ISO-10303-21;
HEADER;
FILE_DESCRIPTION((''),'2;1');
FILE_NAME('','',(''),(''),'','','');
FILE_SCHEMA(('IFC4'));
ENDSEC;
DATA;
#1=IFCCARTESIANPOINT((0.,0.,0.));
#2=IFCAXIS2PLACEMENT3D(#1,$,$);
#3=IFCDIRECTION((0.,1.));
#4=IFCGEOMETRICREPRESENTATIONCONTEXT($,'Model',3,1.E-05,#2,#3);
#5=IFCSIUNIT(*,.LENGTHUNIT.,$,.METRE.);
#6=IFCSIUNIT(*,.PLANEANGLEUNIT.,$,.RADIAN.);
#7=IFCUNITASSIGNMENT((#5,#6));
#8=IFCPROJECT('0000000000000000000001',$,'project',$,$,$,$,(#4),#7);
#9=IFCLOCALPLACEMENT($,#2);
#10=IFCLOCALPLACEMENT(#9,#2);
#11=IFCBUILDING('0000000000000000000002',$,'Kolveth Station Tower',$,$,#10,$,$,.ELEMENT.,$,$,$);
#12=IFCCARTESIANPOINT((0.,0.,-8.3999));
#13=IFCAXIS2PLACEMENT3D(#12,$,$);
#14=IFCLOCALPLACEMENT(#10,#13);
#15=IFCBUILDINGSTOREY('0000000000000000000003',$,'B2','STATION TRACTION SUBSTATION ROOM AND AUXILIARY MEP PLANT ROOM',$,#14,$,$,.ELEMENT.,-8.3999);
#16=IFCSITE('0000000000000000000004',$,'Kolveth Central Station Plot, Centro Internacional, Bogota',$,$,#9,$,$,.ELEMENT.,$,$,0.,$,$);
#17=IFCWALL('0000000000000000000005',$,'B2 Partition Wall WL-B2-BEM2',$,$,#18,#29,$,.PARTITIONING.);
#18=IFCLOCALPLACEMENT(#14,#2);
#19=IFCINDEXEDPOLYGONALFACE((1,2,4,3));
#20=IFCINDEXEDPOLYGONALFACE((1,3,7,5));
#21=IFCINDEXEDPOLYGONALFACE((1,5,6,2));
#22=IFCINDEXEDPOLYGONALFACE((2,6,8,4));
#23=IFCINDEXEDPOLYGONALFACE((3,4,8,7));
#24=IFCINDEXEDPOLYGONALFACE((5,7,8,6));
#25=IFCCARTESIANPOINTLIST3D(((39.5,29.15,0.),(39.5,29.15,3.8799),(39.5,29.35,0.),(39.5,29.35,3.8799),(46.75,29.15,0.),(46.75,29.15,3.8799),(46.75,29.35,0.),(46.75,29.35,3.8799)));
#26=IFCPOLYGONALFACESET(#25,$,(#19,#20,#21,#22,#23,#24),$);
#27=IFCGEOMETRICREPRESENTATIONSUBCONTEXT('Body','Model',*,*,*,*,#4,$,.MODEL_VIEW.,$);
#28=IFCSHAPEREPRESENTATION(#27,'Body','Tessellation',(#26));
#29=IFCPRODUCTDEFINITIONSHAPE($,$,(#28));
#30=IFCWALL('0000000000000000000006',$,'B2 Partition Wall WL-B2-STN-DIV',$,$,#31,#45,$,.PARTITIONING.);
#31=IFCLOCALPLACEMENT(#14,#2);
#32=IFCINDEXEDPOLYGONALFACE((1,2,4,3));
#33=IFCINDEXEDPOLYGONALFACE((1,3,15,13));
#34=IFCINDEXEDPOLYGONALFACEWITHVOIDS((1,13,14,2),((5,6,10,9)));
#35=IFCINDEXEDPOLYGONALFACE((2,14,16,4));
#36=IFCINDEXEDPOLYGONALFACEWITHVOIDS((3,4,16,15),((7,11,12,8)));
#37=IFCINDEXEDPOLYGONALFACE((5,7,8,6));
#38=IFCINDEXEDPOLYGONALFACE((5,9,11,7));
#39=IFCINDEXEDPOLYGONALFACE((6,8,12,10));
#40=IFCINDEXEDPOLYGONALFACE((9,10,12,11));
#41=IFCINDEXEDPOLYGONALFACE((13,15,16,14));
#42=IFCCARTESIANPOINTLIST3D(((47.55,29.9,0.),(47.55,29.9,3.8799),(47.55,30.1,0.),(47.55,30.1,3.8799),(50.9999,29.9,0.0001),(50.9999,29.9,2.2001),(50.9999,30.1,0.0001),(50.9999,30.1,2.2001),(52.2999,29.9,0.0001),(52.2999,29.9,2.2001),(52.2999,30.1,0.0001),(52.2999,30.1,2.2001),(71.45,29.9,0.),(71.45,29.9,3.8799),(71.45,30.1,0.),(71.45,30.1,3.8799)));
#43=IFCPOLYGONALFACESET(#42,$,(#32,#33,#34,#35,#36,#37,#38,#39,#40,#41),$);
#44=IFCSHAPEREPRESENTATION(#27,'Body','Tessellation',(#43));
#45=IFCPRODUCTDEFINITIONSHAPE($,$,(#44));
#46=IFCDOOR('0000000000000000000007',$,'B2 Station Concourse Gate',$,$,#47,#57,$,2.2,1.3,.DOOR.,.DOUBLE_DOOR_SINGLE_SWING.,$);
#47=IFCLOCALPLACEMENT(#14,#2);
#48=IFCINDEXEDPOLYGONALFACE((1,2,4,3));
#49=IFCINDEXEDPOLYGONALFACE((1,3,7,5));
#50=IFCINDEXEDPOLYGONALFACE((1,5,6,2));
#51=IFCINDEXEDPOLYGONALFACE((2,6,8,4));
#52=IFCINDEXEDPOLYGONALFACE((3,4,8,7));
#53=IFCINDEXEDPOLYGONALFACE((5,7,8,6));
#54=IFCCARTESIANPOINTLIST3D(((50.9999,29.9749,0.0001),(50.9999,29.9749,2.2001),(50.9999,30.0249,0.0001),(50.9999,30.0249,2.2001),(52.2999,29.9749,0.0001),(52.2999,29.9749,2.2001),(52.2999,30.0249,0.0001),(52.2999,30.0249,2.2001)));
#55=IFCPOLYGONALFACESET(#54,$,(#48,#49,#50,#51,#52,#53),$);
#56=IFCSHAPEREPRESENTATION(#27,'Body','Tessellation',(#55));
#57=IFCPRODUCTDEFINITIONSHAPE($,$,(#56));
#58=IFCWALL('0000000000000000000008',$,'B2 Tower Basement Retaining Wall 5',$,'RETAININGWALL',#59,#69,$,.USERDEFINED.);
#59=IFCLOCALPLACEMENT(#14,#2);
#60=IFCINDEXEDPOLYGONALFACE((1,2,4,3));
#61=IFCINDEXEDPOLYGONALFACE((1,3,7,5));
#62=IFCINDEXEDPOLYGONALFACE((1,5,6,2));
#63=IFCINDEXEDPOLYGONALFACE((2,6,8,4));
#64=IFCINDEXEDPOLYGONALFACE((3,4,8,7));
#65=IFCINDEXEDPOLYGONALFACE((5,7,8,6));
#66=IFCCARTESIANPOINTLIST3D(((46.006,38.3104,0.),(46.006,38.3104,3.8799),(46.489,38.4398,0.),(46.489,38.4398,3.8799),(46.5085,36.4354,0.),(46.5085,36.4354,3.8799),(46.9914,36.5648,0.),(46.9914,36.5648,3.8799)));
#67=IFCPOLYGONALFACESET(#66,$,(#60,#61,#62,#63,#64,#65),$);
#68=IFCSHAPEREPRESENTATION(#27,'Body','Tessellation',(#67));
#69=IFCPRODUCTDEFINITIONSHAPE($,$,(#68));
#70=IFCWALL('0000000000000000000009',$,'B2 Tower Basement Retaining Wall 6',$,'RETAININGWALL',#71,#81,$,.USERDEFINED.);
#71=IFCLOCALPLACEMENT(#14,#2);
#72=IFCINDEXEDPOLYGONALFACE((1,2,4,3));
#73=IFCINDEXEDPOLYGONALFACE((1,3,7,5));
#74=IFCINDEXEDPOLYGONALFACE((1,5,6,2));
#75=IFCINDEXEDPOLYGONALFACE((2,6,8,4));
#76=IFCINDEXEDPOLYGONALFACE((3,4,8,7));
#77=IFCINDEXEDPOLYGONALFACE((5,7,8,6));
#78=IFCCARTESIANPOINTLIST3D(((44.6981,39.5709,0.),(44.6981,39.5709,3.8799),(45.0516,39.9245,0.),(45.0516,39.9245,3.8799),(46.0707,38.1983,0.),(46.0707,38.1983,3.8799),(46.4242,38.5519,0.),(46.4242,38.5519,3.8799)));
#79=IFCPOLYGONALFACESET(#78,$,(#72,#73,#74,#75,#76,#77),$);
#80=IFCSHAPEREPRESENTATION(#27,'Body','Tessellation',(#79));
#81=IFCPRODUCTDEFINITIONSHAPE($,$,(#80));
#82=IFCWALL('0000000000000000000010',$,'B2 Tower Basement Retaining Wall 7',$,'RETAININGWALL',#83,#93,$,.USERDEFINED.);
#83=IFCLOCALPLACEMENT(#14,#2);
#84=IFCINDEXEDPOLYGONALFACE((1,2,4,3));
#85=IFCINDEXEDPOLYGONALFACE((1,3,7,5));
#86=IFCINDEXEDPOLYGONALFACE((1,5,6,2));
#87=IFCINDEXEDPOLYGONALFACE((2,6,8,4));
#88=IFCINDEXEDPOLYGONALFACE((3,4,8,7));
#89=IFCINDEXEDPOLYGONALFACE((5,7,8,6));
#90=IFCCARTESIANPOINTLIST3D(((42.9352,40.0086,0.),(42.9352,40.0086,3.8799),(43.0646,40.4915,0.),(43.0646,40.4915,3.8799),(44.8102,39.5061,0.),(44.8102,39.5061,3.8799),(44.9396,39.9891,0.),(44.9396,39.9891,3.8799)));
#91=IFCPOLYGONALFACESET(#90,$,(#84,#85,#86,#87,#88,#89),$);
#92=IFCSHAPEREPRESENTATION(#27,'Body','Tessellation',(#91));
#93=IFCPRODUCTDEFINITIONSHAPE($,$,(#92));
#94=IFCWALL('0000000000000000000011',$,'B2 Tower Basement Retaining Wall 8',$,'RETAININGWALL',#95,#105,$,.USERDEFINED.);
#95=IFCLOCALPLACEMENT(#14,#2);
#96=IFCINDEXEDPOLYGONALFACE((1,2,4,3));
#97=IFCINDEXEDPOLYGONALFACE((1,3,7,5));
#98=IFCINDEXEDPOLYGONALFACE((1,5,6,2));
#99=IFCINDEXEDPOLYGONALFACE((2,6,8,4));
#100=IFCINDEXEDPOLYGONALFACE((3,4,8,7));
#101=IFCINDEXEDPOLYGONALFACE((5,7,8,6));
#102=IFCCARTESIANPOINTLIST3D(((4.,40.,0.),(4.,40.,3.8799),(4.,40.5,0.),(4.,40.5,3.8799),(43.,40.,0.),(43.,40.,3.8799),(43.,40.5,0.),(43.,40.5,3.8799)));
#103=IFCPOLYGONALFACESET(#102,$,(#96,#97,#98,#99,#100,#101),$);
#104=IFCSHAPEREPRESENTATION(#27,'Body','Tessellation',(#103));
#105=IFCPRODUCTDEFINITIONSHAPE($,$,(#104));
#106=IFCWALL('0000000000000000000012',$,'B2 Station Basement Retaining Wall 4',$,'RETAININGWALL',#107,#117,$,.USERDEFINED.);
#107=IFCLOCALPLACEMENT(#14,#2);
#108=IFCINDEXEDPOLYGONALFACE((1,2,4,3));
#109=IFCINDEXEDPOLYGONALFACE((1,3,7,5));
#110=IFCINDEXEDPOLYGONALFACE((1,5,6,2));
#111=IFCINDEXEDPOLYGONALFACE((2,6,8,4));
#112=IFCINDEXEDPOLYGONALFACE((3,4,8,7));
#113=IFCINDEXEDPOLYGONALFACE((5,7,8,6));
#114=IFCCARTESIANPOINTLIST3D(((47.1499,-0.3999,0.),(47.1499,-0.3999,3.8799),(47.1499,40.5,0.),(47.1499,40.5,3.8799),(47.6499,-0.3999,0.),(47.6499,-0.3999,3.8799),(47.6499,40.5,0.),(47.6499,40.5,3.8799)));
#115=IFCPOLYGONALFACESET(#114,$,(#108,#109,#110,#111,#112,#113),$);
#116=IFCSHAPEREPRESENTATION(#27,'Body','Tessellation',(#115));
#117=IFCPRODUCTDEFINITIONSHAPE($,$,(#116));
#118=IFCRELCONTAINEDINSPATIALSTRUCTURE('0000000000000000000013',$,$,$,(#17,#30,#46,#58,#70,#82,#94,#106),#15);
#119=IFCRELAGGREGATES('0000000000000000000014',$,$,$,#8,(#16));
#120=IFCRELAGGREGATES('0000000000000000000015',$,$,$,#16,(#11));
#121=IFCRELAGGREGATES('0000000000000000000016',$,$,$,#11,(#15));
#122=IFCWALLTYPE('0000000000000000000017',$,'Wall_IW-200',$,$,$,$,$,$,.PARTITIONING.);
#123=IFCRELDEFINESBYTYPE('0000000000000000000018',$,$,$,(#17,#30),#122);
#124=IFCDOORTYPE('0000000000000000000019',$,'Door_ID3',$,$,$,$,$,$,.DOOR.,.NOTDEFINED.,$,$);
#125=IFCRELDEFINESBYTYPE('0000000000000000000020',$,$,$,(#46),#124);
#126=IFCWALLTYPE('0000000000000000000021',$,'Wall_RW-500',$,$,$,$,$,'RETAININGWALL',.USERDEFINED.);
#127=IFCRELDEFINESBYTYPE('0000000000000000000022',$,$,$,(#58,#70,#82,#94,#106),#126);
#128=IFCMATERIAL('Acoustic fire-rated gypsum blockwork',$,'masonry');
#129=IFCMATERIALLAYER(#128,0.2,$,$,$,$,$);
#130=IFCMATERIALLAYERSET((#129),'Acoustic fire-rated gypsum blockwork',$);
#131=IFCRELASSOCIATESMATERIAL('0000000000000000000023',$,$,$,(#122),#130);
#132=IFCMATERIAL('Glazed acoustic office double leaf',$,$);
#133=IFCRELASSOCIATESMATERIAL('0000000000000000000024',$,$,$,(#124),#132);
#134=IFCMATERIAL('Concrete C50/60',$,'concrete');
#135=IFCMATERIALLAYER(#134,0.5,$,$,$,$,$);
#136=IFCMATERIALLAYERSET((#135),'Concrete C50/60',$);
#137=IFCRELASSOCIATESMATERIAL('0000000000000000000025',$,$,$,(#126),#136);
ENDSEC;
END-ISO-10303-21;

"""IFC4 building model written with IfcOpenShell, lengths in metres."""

from ifc_helpers import new_model, si_unit, direction, frame, frame_2d, origin, place, context, subcontext, project, spatial, rectangle, extrude, material, layer, layer_set, type_object, element, fill, save


model = new_model("IFC4")

# Units and contexts
model_context = context("Model", 3, precision=1e-05, world=origin(), true_north=direction((0.0, 1.0)))
body_context = subcontext(model_context, "Body", "Model", "MODEL_VIEW")
ifc_project = project(units=[si_unit("LENGTHUNIT", "METRE"), si_unit("PLANEANGLEUNIT", "RADIAN")], contexts=[model_context])

# Site, building, storey
site_placement = place(None, origin())
site = spatial("IfcSite", under=ifc_project, at=site_placement, Name="Kolveth Central Station Plot, Centro Internacional, Bogota", CompositionType="ELEMENT", RefElevation=0.0)
building_placement = place(site_placement, origin())
building = spatial("IfcBuilding", under=site, at=building_placement, Name="Kolveth Station Tower", CompositionType="ELEMENT")
storey_placement = place(building_placement, frame((0.0, 0.0, -8.3999)))
storey = spatial("IfcBuildingStorey", under=building, at=storey_placement, Name="B2", Description="STATION TRACTION SUBSTATION ROOM AND AUXILIARY MEP PLANT ROOM", CompositionType="ELEMENT", Elevation=-8.3999)

# Shared definitions
ifc_material_1 = material(Name="Concrete C50/60", Category="concrete")

# Shared definitions
ifc_material_2 = material(Name="Acoustic fire-rated gypsum blockwork", Category="masonry")
ifc_layer_1 = layer(ifc_material_2, 0.2)
ifc_layer_set_1 = layer_set([ifc_layer_1], Name="Acoustic fire-rated gypsum blockwork")
wall_type_1 = type_object("IfcWallType", Name="Wall_IW-200", PredefinedType="PARTITIONING", material=ifc_layer_set_1)

# Wall
wall_1_placement = place(storey_placement, frame((39.5, 29.25, 0.0), z_axis=(0.0, 0.0, 1.0), x_axis=(1.0, 0.0, 0.0)))
element("IfcWall", 1, at=wall_1_placement, inside=storey, type_object=wall_type_1, Name="B2 Partition Wall WL-B2-BEM2", PredefinedType="PARTITIONING", context=body_context, shape_type="SweptSolid", body=[
    extrude(rectangle(XDim=7.25, YDim=0.2, at=frame_2d((3.625, 0.0))), origin(), (0.0, 0.0, 1.0), 3.8799),
])

# Wall, opening, door
wall_2_placement = place(storey_placement, frame((47.55, 30.0, 0.0), z_axis=(0.0, 0.0, 1.0), x_axis=(1.0, 0.0, 0.0)))
wall_2 = element("IfcWall", 2, at=wall_2_placement, inside=storey, type_object=wall_type_1, Name="B2 Partition Wall WL-B2-STN-DIV", PredefinedType="PARTITIONING", context=body_context, shape_type="SweptSolid", body=[
    extrude(rectangle(XDim=23.8999, YDim=0.2, at=frame_2d((11.95, 0.0))), origin(), (0.0, 0.0, 1.0), 3.8799),
])
opening_1_placement = place(wall_2_placement, frame((3.45, 0.0, 0.0)))
opening_1 = element("IfcOpeningElement", 3, at=opening_1_placement, cuts=wall_2, PredefinedType="OPENING", context=body_context, shape_type="SweptSolid", body=[
    extrude(rectangle(XDim=1.3, YDim=2.2, at=frame_2d((0.6499, 1.1001))), frame((0.0, 0.1099, 0.0), z_axis=(0.0, -1.0, 0.0), x_axis=(1.0, 0.0, 0.0)), (0.0, 0.0, 1.0), 0.22),
])
ifc_material_3 = material(Name="Glazed acoustic office double leaf")
door_type_1 = type_object("IfcDoorType", Name="Door_ID3", OperationType="NOTDEFINED", PredefinedType="DOOR", material=ifc_material_3)
door_1_placement = place(opening_1_placement, origin())
door_1 = element("IfcDoor", 4, at=door_1_placement, inside=storey, type_object=door_type_1, Name="B2 Station Concourse Gate", OperationType="DOUBLE_DOOR_SINGLE_SWING", OverallHeight=2.2, OverallWidth=1.3, PredefinedType="DOOR", context=body_context, shape_type="SweptSolid", body=[
    extrude(rectangle(XDim=1.3, YDim=2.2, at=frame_2d((0.6499, 1.1001))), frame((0.0, 0.0249, 0.0), z_axis=(0.0, -1.0, 0.0), x_axis=(1.0, 0.0, 0.0)), (0.0, 0.0, 1.0), 0.05),
])
fill(opening_1, door_1)

# Walls
ifc_layer_2 = layer(ifc_material_1, 0.5)
ifc_layer_set_2 = layer_set([ifc_layer_2], Name="Concrete C50/60")
wall_type_2 = type_object("IfcWallType", Name="Wall_RW-500", ElementType="RETAININGWALL", PredefinedType="USERDEFINED", material=ifc_layer_set_2)
for number, where, z_axis, x_axis, name in (
    (5, (46.75, 36.5, 0.0), (0.0, 0.0, 1.0), (-0.258837, 0.965921, 0.0), "B2 Tower Basement Retaining Wall 5"),
    (6, (46.2476, 38.375, 0.0), (0.0, 0.0, 1.0), (-0.707107, 0.707107, 0.0), "B2 Tower Basement Retaining Wall 6"),
    (7, (44.875, 39.7476, 0.0), (0.0, 0.0, 1.0), (-0.965921, 0.258837, 0.0), "B2 Tower Basement Retaining Wall 7"),
):
    element("IfcWall", number, at=place(storey_placement, frame(where, z_axis=z_axis, x_axis=x_axis)), inside=storey, type_object=wall_type_2, Name=name, ObjectType="RETAININGWALL", PredefinedType="USERDEFINED", context=body_context, shape_type="SweptSolid", body=[
        extrude(rectangle(XDim=1.9412, YDim=0.5, at=frame_2d((0.9707, 0.0))), origin(), (0.0, 0.0, 1.0), 3.8799),
    ])
wall_3_placement = place(storey_placement, frame((43.0, 40.25, 0.0), z_axis=(0.0, 0.0, 1.0), x_axis=(-1.0, 0.0, 0.0)))
element("IfcWall", 8, at=wall_3_placement, inside=storey, type_object=wall_type_2, Name="B2 Tower Basement Retaining Wall 8", ObjectType="RETAININGWALL", PredefinedType="USERDEFINED", context=body_context, shape_type="SweptSolid", body=[
    extrude(rectangle(XDim=39.0, YDim=0.5, at=frame_2d((19.5, 0.0))), origin(), (0.0, 0.0, 1.0), 3.8799),
])
wall_4_placement = place(storey_placement, frame((47.3999, 40.5, 0.0), z_axis=(0.0, 0.0, 1.0), x_axis=(0.0, -1.0, 0.0)))
element("IfcWall", 9, at=wall_4_placement, inside=storey, type_object=wall_type_2, Name="B2 Station Basement Retaining Wall 4", ObjectType="RETAININGWALL", PredefinedType="USERDEFINED", context=body_context, shape_type="SweptSolid", body=[
    extrude(rectangle(XDim=40.8999, YDim=0.5, at=frame_2d((20.45, 0.0))), origin(), (0.0, 0.0, 1.0), 3.8799),
])

save(model, "model.ifc")
